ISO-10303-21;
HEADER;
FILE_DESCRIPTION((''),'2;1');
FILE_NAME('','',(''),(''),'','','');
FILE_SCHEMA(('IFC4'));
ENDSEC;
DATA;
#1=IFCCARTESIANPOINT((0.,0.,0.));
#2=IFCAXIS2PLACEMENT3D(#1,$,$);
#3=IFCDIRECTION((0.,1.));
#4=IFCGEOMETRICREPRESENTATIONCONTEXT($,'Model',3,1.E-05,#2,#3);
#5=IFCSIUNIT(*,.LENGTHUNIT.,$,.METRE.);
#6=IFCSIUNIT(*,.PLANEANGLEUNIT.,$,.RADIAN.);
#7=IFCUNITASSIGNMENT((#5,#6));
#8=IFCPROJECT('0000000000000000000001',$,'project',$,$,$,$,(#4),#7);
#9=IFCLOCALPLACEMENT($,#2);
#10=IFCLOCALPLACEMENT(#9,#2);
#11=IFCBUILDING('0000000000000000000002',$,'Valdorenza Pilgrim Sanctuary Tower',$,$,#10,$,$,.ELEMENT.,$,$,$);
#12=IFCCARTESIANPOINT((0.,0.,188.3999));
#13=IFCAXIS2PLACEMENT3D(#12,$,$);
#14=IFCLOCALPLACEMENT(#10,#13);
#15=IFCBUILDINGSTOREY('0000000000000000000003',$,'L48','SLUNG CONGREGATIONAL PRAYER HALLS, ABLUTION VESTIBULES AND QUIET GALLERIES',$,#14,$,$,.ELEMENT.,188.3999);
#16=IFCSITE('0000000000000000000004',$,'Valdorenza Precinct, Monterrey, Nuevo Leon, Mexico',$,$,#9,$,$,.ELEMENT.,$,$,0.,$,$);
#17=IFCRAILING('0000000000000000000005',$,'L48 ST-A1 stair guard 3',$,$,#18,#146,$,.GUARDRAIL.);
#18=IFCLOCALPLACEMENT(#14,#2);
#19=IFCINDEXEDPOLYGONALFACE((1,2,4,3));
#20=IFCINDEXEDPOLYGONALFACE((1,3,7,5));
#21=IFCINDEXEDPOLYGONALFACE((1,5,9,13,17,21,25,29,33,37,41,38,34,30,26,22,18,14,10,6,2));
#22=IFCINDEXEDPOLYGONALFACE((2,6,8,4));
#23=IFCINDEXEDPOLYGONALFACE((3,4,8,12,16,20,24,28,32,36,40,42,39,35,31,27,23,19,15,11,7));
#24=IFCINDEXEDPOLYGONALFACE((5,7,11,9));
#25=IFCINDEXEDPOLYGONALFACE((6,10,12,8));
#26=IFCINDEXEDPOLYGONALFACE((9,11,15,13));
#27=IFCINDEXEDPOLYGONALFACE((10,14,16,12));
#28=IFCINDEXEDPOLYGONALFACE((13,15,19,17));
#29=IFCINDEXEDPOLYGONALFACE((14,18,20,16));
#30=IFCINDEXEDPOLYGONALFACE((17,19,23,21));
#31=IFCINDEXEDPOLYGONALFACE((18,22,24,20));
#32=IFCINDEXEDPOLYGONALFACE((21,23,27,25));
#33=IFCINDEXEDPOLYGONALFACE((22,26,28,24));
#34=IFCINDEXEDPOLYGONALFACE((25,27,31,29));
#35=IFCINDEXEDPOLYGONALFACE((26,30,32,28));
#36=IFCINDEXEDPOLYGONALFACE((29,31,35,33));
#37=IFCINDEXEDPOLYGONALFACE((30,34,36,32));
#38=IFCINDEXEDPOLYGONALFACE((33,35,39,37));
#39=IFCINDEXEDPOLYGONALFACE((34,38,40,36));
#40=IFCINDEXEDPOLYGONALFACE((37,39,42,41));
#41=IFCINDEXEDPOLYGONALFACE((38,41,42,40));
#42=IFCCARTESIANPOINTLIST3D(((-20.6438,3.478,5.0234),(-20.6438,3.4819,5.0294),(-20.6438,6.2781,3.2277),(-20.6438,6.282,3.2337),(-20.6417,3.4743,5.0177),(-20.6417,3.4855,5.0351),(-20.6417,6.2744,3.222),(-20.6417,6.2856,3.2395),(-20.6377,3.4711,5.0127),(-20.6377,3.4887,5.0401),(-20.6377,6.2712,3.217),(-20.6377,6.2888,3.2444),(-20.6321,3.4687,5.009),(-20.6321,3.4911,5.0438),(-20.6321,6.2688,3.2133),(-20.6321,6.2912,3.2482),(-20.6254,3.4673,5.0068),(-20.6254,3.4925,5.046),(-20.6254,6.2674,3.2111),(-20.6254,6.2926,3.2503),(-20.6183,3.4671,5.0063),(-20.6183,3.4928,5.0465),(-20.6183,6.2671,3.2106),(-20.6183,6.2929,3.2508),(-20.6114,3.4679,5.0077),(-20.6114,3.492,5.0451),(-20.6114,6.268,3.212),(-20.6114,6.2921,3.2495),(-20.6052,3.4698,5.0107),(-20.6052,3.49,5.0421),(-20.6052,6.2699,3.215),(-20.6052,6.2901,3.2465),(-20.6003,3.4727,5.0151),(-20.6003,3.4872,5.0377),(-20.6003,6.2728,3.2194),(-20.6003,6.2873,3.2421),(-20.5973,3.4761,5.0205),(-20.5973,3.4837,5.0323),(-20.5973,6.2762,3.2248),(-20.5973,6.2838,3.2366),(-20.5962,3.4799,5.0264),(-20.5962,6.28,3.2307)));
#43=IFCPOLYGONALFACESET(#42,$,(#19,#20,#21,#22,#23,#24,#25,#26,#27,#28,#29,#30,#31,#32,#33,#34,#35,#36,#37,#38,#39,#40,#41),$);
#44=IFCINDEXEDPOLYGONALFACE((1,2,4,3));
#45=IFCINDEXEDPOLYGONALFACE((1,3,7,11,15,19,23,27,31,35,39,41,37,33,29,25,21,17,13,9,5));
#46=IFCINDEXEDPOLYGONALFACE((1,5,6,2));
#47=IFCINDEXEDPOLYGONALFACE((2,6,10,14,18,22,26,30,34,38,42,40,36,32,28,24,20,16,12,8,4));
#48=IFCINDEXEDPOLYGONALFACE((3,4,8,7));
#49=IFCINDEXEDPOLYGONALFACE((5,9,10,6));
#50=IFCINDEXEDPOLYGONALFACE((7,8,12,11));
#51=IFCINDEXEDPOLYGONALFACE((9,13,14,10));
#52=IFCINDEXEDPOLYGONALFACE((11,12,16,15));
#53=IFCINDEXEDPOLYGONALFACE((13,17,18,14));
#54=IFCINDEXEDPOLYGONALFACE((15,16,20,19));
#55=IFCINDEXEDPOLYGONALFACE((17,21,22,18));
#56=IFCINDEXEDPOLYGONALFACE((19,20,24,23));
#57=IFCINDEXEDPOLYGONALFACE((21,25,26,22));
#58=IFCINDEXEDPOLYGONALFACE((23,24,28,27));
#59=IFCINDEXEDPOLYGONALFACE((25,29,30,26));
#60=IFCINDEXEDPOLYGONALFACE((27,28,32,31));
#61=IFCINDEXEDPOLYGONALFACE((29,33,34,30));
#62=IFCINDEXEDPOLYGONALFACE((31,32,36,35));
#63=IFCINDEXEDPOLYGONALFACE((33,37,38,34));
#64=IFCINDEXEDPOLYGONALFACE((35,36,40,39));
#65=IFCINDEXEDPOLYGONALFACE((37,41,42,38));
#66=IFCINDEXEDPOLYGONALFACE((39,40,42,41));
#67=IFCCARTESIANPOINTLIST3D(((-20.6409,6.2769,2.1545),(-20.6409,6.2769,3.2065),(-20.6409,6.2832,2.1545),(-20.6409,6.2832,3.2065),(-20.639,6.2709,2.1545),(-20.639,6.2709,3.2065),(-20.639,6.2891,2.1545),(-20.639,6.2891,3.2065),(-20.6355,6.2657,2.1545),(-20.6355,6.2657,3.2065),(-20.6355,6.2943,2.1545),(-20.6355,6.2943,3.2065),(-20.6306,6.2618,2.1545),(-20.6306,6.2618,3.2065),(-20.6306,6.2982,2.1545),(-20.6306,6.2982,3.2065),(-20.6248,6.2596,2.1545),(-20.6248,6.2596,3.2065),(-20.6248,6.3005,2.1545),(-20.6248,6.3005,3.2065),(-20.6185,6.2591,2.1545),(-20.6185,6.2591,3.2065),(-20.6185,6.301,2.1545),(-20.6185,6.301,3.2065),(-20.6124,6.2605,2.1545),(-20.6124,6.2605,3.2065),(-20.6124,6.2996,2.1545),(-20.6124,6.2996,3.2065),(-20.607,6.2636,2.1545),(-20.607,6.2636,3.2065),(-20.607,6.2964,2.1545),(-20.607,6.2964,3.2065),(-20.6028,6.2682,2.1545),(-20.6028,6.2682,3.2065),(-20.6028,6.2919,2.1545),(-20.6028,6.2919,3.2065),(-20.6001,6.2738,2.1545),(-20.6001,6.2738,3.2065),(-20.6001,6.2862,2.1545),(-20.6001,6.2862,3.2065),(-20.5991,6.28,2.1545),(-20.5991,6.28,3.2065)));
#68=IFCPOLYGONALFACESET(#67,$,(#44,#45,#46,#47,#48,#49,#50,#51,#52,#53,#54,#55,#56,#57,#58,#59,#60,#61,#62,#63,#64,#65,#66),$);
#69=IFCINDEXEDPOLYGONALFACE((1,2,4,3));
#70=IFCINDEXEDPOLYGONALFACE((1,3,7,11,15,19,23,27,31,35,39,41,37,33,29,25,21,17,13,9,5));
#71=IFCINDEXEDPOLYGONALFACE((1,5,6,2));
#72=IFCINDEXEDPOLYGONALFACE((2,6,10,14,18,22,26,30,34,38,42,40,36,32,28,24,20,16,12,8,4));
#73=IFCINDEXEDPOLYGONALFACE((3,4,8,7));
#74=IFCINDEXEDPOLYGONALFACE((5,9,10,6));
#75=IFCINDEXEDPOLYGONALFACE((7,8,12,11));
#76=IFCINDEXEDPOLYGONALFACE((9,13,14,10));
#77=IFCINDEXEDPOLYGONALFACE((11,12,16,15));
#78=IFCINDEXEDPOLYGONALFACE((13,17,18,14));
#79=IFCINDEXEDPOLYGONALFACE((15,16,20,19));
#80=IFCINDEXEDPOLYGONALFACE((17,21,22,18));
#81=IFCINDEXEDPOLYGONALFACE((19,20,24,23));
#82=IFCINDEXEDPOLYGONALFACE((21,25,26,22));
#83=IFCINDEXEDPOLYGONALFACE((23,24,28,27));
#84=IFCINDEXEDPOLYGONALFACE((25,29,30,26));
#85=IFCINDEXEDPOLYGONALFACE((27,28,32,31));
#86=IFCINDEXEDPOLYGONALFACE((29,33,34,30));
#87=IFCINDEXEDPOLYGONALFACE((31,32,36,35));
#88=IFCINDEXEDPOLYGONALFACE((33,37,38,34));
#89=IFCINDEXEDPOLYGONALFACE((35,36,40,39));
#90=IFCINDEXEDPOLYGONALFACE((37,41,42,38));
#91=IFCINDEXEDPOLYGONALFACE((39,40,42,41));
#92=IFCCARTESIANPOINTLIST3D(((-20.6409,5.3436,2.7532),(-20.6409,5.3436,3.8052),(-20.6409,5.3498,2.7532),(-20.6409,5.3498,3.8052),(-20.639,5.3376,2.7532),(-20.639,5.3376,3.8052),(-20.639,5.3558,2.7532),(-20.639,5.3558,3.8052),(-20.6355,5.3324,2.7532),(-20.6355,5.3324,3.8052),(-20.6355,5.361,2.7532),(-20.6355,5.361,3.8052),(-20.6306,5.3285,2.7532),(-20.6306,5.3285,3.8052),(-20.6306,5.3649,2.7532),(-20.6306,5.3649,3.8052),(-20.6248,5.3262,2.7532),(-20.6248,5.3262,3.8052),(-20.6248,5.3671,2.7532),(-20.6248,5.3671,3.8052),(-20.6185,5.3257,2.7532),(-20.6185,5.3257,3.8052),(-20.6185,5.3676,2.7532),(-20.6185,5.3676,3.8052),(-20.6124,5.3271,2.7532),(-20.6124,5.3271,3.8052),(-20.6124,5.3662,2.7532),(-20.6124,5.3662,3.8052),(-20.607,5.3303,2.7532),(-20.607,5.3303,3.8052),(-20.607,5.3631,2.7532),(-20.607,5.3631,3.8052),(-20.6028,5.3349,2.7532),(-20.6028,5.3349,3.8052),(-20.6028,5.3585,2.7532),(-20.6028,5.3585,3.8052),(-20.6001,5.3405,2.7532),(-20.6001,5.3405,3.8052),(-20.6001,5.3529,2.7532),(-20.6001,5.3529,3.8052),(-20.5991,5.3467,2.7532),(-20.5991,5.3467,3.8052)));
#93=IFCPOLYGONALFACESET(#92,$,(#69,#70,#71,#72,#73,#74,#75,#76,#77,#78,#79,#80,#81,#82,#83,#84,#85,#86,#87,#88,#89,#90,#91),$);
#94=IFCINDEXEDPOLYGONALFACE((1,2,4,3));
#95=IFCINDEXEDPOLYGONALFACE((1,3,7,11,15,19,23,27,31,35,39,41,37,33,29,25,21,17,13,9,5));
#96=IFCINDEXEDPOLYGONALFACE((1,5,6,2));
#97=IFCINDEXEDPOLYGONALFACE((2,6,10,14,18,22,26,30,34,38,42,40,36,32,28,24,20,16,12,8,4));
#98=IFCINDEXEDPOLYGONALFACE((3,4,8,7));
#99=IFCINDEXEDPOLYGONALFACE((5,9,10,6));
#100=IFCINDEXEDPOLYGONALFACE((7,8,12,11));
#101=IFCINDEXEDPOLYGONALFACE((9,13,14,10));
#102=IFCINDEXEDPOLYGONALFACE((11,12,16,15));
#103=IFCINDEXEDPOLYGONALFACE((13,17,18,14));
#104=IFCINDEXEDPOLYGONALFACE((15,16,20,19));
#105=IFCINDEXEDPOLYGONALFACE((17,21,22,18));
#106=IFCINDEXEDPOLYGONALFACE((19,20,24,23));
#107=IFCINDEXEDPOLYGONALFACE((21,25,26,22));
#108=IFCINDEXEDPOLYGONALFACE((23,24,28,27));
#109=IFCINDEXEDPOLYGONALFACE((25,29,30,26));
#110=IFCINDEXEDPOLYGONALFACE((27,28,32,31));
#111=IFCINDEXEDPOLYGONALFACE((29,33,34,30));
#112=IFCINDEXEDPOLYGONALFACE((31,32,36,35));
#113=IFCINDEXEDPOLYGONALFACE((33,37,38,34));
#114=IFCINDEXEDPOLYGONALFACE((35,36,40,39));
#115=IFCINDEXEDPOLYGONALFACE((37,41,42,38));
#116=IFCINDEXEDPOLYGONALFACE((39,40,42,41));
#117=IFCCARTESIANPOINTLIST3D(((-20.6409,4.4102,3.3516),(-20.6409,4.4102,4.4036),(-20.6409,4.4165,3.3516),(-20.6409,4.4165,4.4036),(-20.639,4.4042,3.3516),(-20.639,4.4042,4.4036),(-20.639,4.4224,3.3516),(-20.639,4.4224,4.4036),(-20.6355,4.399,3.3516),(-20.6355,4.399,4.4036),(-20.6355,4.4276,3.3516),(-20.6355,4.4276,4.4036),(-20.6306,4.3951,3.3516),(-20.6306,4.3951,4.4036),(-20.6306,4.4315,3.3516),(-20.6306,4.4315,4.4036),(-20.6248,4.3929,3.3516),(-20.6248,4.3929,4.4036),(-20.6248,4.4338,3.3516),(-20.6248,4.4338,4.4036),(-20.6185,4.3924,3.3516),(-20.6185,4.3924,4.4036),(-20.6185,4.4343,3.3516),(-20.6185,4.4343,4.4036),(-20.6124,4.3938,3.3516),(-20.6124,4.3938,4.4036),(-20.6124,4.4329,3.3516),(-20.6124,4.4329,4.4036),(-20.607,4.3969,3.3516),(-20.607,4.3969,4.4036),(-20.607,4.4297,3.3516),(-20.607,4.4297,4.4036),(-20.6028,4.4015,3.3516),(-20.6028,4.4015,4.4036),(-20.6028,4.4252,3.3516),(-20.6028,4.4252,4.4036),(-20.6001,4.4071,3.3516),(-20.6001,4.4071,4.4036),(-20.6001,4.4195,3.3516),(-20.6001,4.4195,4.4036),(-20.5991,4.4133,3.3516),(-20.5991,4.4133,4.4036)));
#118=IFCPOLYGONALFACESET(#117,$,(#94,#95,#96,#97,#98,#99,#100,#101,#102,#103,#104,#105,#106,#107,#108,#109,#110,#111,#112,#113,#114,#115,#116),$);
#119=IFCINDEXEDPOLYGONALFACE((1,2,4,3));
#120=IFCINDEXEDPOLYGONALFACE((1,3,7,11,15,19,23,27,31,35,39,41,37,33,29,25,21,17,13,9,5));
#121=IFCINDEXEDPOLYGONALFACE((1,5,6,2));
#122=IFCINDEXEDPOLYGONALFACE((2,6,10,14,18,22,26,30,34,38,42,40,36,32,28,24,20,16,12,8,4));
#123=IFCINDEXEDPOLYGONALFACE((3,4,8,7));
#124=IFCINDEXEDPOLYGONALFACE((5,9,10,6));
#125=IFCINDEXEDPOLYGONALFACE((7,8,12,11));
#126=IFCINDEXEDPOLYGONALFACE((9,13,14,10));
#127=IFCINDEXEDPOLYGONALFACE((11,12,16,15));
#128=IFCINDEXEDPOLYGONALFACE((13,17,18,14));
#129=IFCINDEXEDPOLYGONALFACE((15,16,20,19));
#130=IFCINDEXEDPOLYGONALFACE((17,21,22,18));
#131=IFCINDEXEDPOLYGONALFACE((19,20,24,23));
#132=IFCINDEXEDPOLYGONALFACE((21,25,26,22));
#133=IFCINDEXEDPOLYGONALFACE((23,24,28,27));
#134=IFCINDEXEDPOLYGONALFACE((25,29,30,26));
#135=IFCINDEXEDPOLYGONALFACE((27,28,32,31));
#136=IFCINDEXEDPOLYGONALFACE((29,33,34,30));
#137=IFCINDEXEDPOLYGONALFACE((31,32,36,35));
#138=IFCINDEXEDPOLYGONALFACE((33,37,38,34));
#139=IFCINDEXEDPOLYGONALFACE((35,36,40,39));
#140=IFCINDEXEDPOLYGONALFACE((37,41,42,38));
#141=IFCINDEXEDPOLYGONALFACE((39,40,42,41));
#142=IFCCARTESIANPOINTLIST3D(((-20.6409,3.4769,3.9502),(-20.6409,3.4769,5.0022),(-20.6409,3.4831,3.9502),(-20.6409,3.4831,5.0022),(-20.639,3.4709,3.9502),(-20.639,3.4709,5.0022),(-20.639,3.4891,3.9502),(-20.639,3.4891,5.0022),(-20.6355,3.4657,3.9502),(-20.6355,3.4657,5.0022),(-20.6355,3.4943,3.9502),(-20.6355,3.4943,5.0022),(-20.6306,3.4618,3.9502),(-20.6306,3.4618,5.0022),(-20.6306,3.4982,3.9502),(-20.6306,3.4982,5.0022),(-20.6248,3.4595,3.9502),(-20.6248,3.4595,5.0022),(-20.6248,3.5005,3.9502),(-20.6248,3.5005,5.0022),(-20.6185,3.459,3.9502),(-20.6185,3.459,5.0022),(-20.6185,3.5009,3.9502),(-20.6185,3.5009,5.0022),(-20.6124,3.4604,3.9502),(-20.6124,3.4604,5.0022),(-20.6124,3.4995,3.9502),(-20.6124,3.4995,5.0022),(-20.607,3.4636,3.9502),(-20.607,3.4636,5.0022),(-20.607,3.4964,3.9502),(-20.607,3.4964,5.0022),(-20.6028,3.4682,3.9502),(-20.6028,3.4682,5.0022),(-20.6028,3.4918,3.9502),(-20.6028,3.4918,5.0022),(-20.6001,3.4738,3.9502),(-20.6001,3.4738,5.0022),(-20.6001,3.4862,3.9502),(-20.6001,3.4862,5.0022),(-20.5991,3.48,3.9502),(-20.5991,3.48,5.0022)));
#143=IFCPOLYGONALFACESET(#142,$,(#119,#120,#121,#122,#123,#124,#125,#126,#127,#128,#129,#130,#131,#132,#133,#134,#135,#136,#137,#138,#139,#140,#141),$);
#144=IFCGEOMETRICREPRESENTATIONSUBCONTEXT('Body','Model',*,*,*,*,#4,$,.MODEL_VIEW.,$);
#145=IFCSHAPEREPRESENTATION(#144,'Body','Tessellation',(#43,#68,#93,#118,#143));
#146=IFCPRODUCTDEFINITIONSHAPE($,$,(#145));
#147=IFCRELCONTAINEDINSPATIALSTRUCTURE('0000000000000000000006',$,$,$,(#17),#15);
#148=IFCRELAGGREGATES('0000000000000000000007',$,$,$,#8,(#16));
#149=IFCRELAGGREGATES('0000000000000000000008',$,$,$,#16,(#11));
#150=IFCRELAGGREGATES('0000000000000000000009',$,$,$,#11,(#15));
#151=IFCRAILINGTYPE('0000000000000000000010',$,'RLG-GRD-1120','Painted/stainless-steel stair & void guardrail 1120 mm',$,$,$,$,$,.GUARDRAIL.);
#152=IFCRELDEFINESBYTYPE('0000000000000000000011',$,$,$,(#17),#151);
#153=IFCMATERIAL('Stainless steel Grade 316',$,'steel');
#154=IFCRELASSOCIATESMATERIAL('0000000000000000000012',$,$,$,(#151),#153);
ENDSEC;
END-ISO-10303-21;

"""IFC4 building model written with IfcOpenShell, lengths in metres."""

from ifc_helpers import new_model, si_unit, direction, frame, origin, origin_2d, place, context, subcontext, project, spatial, circle, extrude, material, type_object, element, save


model = new_model("IFC4")

# Units and contexts
model_context = context("Model", 3, precision=1e-05, world=origin(), true_north=direction((0.0, 1.0)))
body_context = subcontext(model_context, "Body", "Model", "MODEL_VIEW")
ifc_project = project(units=[si_unit("LENGTHUNIT", "METRE"), si_unit("PLANEANGLEUNIT", "RADIAN")], contexts=[model_context])

# Site, building, storey
site_placement = place(None, origin())
site = spatial("IfcSite", under=ifc_project, at=site_placement, Name="Valdorenza Precinct, Monterrey, Nuevo Leon, Mexico", CompositionType="ELEMENT", RefElevation=0.0)
building_placement = place(site_placement, origin())
building = spatial("IfcBuilding", under=site, at=building_placement, Name="Valdorenza Pilgrim Sanctuary Tower", CompositionType="ELEMENT")
storey_placement = place(building_placement, frame((0.0, 0.0, 188.3999)))
storey = spatial("IfcBuildingStorey", under=building, at=storey_placement, Name="L48", Description="SLUNG CONGREGATIONAL PRAYER HALLS, ABLUTION VESTIBULES AND QUIET GALLERIES", CompositionType="ELEMENT", Elevation=188.3999)

# Railing
ifc_material_1 = material(Name="Stainless steel Grade 316", Category="steel")
railing_type_1 = type_object("IfcRailingType", Name="RLG-GRD-1120", Description="Painted/stainless-steel stair & void guardrail 1120 mm", PredefinedType="GUARDRAIL", material=ifc_material_1)
railing_1_placement = place(storey_placement, frame((-20.6201, 6.28, 2.1545)))
element("IfcRailing", 1, at=railing_1_placement, inside=storey, type_object=railing_type_1, Name="L48 ST-A1 stair guard 3", PredefinedType="GUARDRAIL", context=body_context, shape_type="SweptSolid", body=[
    extrude(circle(Radius=0.0239, at=origin_2d()), frame((0.0, 0.0, 1.0762), z_axis=(0.0, -0.841777, 0.539826), x_axis=(1.0, 0.0, 0.0)), (0.0, 0.0, 1.0), 3.3264),
    extrude(circle(Radius=0.021, at=origin_2d()), origin(), (0.0, 0.0, 1.0), 1.052),
    extrude(circle(Radius=0.021, at=origin_2d()), frame((0.0, -0.9333, 0.5986)), (0.0, 0.0, 1.0), 1.052),
    extrude(circle(Radius=0.021, at=origin_2d()), frame((0.0, -1.8667, 1.197)), (0.0, 0.0, 1.0), 1.052),
    extrude(circle(Radius=0.021, at=origin_2d()), frame((0.0, -2.8, 1.7957)), (0.0, 0.0, 1.0), 1.052),
])

save(model, "model.ifc")
